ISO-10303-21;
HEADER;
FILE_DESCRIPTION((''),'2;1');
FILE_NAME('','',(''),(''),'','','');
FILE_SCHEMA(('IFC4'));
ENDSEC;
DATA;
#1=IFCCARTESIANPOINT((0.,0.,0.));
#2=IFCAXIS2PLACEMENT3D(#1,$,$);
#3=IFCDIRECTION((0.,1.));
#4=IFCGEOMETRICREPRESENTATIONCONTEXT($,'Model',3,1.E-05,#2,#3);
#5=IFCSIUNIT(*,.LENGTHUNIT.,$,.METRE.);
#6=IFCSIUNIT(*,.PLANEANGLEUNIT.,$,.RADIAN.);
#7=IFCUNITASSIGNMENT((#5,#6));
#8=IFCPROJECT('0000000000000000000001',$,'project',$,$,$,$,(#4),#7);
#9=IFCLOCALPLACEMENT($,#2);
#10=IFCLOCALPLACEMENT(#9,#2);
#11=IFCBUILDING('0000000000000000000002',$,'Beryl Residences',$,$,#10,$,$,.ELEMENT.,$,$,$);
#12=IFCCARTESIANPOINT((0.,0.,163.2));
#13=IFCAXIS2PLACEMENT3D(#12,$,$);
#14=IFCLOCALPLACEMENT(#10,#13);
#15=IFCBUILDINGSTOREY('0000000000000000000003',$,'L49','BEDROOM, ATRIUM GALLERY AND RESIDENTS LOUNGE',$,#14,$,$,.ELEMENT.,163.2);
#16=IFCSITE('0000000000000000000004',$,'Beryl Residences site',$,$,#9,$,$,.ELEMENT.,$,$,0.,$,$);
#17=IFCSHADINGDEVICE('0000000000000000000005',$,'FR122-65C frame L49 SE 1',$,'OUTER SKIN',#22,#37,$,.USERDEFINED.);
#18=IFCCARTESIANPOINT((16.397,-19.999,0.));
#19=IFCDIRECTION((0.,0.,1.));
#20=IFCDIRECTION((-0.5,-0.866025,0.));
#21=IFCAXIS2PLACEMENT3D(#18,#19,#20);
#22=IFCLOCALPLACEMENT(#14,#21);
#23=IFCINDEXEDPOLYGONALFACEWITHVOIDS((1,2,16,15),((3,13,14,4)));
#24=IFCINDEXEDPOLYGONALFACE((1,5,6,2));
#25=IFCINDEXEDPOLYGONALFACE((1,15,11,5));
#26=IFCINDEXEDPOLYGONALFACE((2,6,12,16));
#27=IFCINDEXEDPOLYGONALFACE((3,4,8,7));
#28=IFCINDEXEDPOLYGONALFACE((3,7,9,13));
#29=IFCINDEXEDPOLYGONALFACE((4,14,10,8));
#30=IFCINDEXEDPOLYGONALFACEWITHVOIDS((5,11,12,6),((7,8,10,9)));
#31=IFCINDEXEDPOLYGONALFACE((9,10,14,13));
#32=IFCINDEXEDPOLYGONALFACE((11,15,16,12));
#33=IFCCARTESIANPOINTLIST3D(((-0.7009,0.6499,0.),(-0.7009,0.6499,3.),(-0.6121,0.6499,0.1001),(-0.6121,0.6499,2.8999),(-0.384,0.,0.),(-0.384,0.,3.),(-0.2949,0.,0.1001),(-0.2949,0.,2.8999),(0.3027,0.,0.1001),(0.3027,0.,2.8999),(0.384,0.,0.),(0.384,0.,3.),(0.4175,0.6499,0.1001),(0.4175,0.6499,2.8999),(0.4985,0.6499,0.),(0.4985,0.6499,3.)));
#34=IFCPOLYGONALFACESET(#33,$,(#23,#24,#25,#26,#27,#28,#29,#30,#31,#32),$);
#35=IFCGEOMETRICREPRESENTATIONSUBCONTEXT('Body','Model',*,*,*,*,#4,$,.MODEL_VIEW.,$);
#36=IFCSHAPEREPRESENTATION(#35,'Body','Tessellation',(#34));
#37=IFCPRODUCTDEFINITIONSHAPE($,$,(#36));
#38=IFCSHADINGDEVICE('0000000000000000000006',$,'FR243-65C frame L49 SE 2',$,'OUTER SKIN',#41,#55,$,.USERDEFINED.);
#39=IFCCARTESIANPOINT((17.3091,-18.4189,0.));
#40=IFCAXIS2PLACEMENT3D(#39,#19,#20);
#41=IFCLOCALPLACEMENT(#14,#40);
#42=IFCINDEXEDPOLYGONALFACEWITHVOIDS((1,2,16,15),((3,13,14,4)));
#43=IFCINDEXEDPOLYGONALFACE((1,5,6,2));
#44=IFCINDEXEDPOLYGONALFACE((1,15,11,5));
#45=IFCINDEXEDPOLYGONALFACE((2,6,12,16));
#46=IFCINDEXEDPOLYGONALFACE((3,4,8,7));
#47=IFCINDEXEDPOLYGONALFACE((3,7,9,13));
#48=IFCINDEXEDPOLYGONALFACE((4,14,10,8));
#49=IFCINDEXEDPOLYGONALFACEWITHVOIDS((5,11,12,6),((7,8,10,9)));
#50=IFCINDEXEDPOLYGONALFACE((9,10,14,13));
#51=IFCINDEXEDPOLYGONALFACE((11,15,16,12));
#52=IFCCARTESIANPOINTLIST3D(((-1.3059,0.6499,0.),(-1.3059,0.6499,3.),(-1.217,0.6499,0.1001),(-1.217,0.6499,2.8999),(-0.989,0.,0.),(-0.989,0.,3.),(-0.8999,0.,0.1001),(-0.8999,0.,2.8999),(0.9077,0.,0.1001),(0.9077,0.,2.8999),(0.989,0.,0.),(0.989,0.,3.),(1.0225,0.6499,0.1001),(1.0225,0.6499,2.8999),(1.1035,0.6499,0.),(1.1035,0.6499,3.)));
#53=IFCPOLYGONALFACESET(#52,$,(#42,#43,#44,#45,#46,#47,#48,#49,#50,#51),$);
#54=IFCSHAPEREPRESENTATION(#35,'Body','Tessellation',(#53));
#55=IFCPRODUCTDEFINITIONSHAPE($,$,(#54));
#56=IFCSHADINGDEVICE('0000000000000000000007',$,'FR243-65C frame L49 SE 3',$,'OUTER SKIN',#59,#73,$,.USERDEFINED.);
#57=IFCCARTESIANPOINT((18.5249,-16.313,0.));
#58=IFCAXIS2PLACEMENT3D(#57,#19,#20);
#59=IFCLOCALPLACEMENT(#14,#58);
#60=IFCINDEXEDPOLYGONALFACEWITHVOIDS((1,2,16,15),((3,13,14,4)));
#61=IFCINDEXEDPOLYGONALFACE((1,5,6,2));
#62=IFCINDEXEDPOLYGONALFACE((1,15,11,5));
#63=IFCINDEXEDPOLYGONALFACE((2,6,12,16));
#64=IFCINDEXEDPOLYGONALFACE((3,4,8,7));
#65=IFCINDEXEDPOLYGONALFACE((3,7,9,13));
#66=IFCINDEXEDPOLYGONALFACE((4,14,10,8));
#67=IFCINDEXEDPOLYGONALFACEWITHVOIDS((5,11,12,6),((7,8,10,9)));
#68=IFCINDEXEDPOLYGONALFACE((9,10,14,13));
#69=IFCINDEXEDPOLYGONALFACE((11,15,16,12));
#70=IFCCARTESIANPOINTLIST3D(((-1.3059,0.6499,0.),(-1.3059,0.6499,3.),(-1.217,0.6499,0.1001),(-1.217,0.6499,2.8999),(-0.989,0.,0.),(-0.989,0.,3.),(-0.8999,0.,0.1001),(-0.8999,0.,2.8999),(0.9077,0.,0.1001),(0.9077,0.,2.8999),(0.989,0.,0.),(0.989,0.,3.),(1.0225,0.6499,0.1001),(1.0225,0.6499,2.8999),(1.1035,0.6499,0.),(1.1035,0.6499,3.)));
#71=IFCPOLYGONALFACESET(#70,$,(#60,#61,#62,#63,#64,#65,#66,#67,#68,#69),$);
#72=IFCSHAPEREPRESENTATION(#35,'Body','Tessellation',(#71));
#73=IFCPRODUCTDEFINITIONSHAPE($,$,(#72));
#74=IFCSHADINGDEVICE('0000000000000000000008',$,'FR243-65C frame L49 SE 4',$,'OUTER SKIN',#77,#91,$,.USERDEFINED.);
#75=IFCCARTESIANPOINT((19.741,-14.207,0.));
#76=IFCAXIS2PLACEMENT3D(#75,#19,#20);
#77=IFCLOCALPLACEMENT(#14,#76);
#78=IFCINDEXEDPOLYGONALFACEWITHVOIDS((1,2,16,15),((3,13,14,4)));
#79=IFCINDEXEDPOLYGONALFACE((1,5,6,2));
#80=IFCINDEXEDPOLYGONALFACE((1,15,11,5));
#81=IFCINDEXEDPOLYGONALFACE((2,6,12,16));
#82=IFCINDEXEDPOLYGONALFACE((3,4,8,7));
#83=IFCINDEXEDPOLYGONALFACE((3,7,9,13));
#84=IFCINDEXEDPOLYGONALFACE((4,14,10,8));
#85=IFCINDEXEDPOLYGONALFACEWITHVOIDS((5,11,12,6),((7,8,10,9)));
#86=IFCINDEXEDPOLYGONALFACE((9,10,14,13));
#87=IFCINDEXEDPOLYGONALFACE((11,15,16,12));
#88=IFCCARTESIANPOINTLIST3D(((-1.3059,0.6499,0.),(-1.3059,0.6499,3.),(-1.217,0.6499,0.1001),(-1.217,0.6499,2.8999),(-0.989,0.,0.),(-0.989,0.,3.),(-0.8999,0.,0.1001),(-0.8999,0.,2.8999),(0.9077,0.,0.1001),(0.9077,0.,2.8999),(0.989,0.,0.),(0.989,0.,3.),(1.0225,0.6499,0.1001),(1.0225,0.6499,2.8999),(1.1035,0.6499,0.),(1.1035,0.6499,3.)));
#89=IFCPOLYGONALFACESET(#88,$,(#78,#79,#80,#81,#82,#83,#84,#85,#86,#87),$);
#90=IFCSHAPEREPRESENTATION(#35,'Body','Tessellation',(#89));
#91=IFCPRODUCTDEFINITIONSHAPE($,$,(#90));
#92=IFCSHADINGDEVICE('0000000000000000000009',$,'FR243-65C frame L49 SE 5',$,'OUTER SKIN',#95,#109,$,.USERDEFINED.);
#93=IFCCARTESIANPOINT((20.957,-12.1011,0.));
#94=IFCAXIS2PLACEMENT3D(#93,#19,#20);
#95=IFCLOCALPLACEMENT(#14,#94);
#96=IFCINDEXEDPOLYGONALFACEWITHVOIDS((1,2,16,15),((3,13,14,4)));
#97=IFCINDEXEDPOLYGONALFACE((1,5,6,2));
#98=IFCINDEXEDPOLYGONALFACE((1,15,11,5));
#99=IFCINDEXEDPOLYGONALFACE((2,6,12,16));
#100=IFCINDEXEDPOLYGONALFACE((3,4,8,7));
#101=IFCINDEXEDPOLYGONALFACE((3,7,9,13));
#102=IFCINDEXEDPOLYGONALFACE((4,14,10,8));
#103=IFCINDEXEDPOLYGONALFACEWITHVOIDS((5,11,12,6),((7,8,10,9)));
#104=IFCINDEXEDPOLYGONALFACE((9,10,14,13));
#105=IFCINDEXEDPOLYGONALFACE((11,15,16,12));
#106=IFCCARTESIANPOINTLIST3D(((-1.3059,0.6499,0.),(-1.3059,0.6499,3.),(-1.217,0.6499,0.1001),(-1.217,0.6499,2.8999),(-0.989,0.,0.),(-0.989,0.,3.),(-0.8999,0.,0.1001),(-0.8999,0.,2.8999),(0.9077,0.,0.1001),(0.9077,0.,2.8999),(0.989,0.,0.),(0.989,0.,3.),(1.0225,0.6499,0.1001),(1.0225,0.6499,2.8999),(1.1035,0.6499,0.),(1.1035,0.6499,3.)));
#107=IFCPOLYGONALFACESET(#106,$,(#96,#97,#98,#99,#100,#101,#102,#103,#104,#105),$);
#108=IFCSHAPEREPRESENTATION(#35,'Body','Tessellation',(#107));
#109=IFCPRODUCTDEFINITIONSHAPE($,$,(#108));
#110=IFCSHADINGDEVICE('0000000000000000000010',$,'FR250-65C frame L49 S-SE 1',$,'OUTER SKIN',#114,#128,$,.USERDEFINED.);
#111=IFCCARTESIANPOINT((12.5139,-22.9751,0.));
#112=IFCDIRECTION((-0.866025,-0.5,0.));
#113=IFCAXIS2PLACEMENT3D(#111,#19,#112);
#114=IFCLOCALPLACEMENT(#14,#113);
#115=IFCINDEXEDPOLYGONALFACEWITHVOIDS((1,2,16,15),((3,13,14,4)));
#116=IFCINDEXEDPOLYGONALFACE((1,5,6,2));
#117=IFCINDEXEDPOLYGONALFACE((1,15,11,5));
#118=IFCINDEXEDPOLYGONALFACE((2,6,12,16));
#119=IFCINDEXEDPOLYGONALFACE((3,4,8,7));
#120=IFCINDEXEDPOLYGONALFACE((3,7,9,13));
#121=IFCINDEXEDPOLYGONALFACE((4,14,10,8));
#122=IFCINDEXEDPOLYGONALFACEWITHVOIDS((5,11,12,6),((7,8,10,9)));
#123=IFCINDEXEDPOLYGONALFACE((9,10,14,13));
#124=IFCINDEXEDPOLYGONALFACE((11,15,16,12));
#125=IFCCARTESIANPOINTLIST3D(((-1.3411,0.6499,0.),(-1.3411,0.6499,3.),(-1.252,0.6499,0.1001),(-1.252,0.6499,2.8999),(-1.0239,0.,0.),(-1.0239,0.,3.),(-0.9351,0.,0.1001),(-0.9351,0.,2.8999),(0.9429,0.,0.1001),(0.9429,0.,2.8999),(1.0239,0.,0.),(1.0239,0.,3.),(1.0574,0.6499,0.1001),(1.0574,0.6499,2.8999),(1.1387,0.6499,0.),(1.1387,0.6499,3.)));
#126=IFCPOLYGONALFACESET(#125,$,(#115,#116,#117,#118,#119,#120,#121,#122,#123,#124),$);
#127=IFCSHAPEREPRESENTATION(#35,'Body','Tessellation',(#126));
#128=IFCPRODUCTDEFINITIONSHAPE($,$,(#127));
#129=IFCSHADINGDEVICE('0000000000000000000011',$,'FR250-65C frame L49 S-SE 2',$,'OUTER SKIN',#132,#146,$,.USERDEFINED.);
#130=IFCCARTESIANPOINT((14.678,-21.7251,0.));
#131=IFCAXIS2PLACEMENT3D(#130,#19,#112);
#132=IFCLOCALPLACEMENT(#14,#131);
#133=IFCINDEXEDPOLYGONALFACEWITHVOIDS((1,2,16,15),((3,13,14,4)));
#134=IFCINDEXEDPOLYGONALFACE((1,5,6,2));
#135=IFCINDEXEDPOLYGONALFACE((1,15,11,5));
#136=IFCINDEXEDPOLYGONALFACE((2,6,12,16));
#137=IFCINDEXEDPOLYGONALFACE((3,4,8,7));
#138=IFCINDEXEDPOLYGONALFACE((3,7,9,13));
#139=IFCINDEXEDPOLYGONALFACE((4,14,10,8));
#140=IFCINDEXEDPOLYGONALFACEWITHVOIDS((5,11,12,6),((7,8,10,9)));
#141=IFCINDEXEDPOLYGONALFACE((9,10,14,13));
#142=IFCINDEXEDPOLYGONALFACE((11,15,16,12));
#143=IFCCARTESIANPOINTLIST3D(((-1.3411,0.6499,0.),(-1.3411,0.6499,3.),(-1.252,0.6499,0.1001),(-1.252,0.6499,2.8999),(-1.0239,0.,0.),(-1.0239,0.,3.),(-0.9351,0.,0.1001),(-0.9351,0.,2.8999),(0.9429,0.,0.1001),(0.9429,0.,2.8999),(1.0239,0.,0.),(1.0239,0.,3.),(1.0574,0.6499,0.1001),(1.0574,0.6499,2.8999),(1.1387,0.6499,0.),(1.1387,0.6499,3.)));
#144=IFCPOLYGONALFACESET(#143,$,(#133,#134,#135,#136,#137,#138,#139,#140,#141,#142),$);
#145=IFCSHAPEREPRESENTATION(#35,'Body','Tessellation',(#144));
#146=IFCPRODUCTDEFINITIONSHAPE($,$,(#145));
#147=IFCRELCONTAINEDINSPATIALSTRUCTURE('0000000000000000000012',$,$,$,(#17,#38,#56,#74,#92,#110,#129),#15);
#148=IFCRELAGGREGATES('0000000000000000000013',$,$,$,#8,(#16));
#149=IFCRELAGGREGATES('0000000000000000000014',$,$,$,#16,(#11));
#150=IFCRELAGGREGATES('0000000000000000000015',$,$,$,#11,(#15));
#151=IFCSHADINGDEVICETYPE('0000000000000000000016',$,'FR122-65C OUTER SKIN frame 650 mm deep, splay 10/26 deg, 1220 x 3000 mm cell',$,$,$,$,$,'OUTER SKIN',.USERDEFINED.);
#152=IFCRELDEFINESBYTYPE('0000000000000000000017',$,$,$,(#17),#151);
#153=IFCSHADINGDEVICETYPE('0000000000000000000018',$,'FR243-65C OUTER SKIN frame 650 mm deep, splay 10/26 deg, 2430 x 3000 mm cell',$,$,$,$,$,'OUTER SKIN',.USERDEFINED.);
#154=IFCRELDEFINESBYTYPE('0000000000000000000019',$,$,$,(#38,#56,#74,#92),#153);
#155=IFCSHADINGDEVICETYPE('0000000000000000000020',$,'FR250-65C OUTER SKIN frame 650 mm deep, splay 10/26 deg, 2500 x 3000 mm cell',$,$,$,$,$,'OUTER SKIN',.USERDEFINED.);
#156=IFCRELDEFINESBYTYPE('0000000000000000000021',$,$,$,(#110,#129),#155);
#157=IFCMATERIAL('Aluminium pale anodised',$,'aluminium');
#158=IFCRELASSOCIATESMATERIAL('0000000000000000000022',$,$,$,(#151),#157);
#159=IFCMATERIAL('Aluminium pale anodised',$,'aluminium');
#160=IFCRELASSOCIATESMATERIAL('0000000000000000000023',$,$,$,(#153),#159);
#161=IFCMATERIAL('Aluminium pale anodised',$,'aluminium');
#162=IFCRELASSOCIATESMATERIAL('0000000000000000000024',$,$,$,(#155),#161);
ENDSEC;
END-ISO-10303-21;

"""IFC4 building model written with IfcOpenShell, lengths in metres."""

from ifc_helpers import new_model, entity, si_unit, direction, frame, origin, place, context, subcontext, project, spatial, source, transform, mapped, material, type_object, type_shapes, element, save


model = new_model("IFC4")

# Units and contexts
model_context = context("Model", 3, precision=1e-05, world=origin(), true_north=direction((0.0, 1.0)))
body_context = subcontext(model_context, "Body", "Model", "MODEL_VIEW")
ifc_project = project(units=[si_unit("LENGTHUNIT", "METRE"), si_unit("PLANEANGLEUNIT", "RADIAN")], contexts=[model_context])

# Site, building, storey
site_placement = place(None, origin())
site = spatial("IfcSite", under=ifc_project, at=site_placement, Name="Beryl Residences site", CompositionType="ELEMENT", RefElevation=0.0)
building_placement = place(site_placement, origin())
building = spatial("IfcBuilding", under=site, at=building_placement, Name="Beryl Residences", CompositionType="ELEMENT")
storey_placement = place(building_placement, frame((0.0, 0.0, 163.2)))
storey = spatial("IfcBuildingStorey", under=building, at=storey_placement, Name="L49", Description="BEDROOM, ATRIUM GALLERY AND RESIDENTS LOUNGE", CompositionType="ELEMENT", Elevation=163.2)

# Shading devices
ifc_material_1 = material(Name="Aluminium pale anodised", Category="aluminium")
shading_device_type_1 = type_object("IfcShadingDeviceType", Name="FR122-65C OUTER SKIN frame 650 mm deep, splay 10/26 deg, 1220 x 3000 mm cell", ElementType="OUTER SKIN", PredefinedType="USERDEFINED", material=ifc_material_1)
cartesian_point_1 = entity("IfcCartesianPoint", [-0.384, 0.0])
cartesian_point_2 = entity("IfcCartesianPoint", [-0.3027, 0.1001])
cartesian_point_3 = entity("IfcCartesianPoint", [-0.4985, 0.0])
cartesian_point_4 = entity("IfcCartesianPoint", [-0.4175, 0.1001])
shared_shape_1 = source(origin(), body_context, "Body", "SweptSolid", [
    entity("IfcExtrudedAreaSolidTapered", entity("IfcArbitraryProfileDefWithVoids", "AREA", None, entity("IfcPolyline", [cartesian_point_1, entity("IfcCartesianPoint", [0.384, 0.0]), entity("IfcCartesianPoint", [0.384, 3.0]), entity("IfcCartesianPoint", [-0.384, 3.0]), cartesian_point_1]), [entity("IfcPolyline", [cartesian_point_2, entity("IfcCartesianPoint", [0.2949, 0.1001]), entity("IfcCartesianPoint", [0.2949, 2.8999]), entity("IfcCartesianPoint", [-0.3027, 2.8999]), cartesian_point_2])]), entity("IfcAxis2Placement3D", entity("IfcCartesianPoint", [0.0, 0.0, 0.0]), entity("IfcDirection", [0.0, 1.0, 0.0]), entity("IfcDirection", [-1.0, 0.0, 0.0])), entity("IfcDirection", [0.0, 0.0, 1.0]), 0.6499, entity("IfcArbitraryProfileDefWithVoids", "AREA", None, entity("IfcPolyline", [cartesian_point_3, entity("IfcCartesianPoint", [0.7009, 0.0]), entity("IfcCartesianPoint", [0.7009, 3.0]), entity("IfcCartesianPoint", [-0.4985, 3.0]), cartesian_point_3]), [entity("IfcPolyline", [cartesian_point_4, entity("IfcCartesianPoint", [0.6121, 0.1001]), entity("IfcCartesianPoint", [0.6121, 2.8999]), entity("IfcCartesianPoint", [-0.4175, 2.8999]), cartesian_point_4])])),
])
type_shapes(shading_device_type_1, [shared_shape_1])
shading_device_placement = place(storey_placement, frame((16.397, -19.999, 0.0), z_axis=(0.0, 0.0, 1.0), x_axis=(-0.5, -0.866025, 0.0)))
element("IfcShadingDevice", 1, at=shading_device_placement, inside=storey, type_object=shading_device_type_1, Name="FR122-65C frame L49 SE 1", ObjectType="OUTER SKIN", PredefinedType="USERDEFINED", context=body_context, shape_type="MappedRepresentation", body=[
    mapped(shared_shape_1, transform((0.0, 0.0, 0.0))),
])
ifc_material_2 = material(Name="Aluminium pale anodised", Category="aluminium")
shading_device_type_2 = type_object("IfcShadingDeviceType", Name="FR243-65C OUTER SKIN frame 650 mm deep, splay 10/26 deg, 2430 x 3000 mm cell", ElementType="OUTER SKIN", PredefinedType="USERDEFINED", material=ifc_material_2)
cartesian_point_5 = entity("IfcCartesianPoint", [-0.989, 0.0])
cartesian_point_6 = entity("IfcCartesianPoint", [-0.9077, 0.1001])
cartesian_point_7 = entity("IfcCartesianPoint", [-1.1035, 0.0])
cartesian_point_8 = entity("IfcCartesianPoint", [-1.0225, 0.1001])
shared_shape_2 = source(origin(), body_context, "Body", "SweptSolid", [
    entity("IfcExtrudedAreaSolidTapered", entity("IfcArbitraryProfileDefWithVoids", "AREA", None, entity("IfcPolyline", [cartesian_point_5, entity("IfcCartesianPoint", [0.989, 0.0]), entity("IfcCartesianPoint", [0.989, 3.0]), entity("IfcCartesianPoint", [-0.989, 3.0]), cartesian_point_5]), [entity("IfcPolyline", [cartesian_point_6, entity("IfcCartesianPoint", [0.8999, 0.1001]), entity("IfcCartesianPoint", [0.8999, 2.8999]), entity("IfcCartesianPoint", [-0.9077, 2.8999]), cartesian_point_6])]), entity("IfcAxis2Placement3D", entity("IfcCartesianPoint", [0.0, 0.0, 0.0]), entity("IfcDirection", [0.0, 1.0, 0.0]), entity("IfcDirection", [-1.0, 0.0, 0.0])), entity("IfcDirection", [0.0, 0.0, 1.0]), 0.6499, entity("IfcArbitraryProfileDefWithVoids", "AREA", None, entity("IfcPolyline", [cartesian_point_7, entity("IfcCartesianPoint", [1.3059, 0.0]), entity("IfcCartesianPoint", [1.3059, 3.0]), entity("IfcCartesianPoint", [-1.1035, 3.0]), cartesian_point_7]), [entity("IfcPolyline", [cartesian_point_8, entity("IfcCartesianPoint", [1.217, 0.1001]), entity("IfcCartesianPoint", [1.217, 2.8999]), entity("IfcCartesianPoint", [-1.0225, 2.8999]), cartesian_point_8])])),
])
type_shapes(shading_device_type_2, [shared_shape_2])
for number, where, z_axis, x_axis, name in (
    (2, (17.3091, -18.4189, 0.0), (0.0, 0.0, 1.0), (-0.5, -0.866025, 0.0), "FR243-65C frame L49 SE 2"),
    (3, (18.5249, -16.313, 0.0), (0.0, 0.0, 1.0), (-0.5, -0.866025, 0.0), "FR243-65C frame L49 SE 3"),
    (4, (19.741, -14.207, 0.0), (0.0, 0.0, 1.0), (-0.5, -0.866025, 0.0), "FR243-65C frame L49 SE 4"),
    (5, (20.957, -12.1011, 0.0), (0.0, 0.0, 1.0), (-0.5, -0.866025, 0.0), "FR243-65C frame L49 SE 5"),
):
    element("IfcShadingDevice", number, at=place(storey_placement, frame(where, z_axis=z_axis, x_axis=x_axis)), inside=storey, type_object=shading_device_type_2, Name=name, ObjectType="OUTER SKIN", PredefinedType="USERDEFINED", context=body_context, shape_type="MappedRepresentation", body=[
        mapped(shared_shape_2, transform((0.0, 0.0, 0.0))),
    ])
ifc_material_3 = material(Name="Aluminium pale anodised", Category="aluminium")
shading_device_type_3 = type_object("IfcShadingDeviceType", Name="FR250-65C OUTER SKIN frame 650 mm deep, splay 10/26 deg, 2500 x 3000 mm cell", ElementType="OUTER SKIN", PredefinedType="USERDEFINED", material=ifc_material_3)
cartesian_point_9 = entity("IfcCartesianPoint", [-1.0239, 0.0])
cartesian_point_10 = entity("IfcCartesianPoint", [-0.9429, 0.1001])
cartesian_point_11 = entity("IfcCartesianPoint", [-1.1387, 0.0])
cartesian_point_12 = entity("IfcCartesianPoint", [-1.0574, 0.1001])
shared_shape_3 = source(origin(), body_context, "Body", "SweptSolid", [
    entity("IfcExtrudedAreaSolidTapered", entity("IfcArbitraryProfileDefWithVoids", "AREA", None, entity("IfcPolyline", [cartesian_point_9, entity("IfcCartesianPoint", [1.0239, 0.0]), entity("IfcCartesianPoint", [1.0239, 3.0]), entity("IfcCartesianPoint", [-1.0239, 3.0]), cartesian_point_9]), [entity("IfcPolyline", [cartesian_point_10, entity("IfcCartesianPoint", [0.9351, 0.1001]), entity("IfcCartesianPoint", [0.9351, 2.8999]), entity("IfcCartesianPoint", [-0.9429, 2.8999]), cartesian_point_10])]), entity("IfcAxis2Placement3D", entity("IfcCartesianPoint", [0.0, 0.0, 0.0]), entity("IfcDirection", [0.0, 1.0, 0.0]), entity("IfcDirection", [-1.0, 0.0, 0.0])), entity("IfcDirection", [0.0, 0.0, 1.0]), 0.6499, entity("IfcArbitraryProfileDefWithVoids", "AREA", None, entity("IfcPolyline", [cartesian_point_11, entity("IfcCartesianPoint", [1.3411, 0.0]), entity("IfcCartesianPoint", [1.3411, 3.0]), entity("IfcCartesianPoint", [-1.1387, 3.0]), cartesian_point_11]), [entity("IfcPolyline", [cartesian_point_12, entity("IfcCartesianPoint", [1.252, 0.1001]), entity("IfcCartesianPoint", [1.252, 2.8999]), entity("IfcCartesianPoint", [-1.0574, 2.8999]), cartesian_point_12])])),
])
type_shapes(shading_device_type_3, [shared_shape_3])
for number, where, z_axis, x_axis, name in (
    (6, (12.5139, -22.9751, 0.0), (0.0, 0.0, 1.0), (-0.866025, -0.5, 0.0), "FR250-65C frame L49 S-SE 1"),
    (7, (14.678, -21.7251, 0.0), (0.0, 0.0, 1.0), (-0.866025, -0.5, 0.0), "FR250-65C frame L49 S-SE 2"),
):
    element("IfcShadingDevice", number, at=place(storey_placement, frame(where, z_axis=z_axis, x_axis=x_axis)), inside=storey, type_object=shading_device_type_3, Name=name, ObjectType="OUTER SKIN", PredefinedType="USERDEFINED", context=body_context, shape_type="MappedRepresentation", body=[
        mapped(shared_shape_3, transform((0.0, 0.0, 0.0))),
    ])

save(model, "model.ifc")
